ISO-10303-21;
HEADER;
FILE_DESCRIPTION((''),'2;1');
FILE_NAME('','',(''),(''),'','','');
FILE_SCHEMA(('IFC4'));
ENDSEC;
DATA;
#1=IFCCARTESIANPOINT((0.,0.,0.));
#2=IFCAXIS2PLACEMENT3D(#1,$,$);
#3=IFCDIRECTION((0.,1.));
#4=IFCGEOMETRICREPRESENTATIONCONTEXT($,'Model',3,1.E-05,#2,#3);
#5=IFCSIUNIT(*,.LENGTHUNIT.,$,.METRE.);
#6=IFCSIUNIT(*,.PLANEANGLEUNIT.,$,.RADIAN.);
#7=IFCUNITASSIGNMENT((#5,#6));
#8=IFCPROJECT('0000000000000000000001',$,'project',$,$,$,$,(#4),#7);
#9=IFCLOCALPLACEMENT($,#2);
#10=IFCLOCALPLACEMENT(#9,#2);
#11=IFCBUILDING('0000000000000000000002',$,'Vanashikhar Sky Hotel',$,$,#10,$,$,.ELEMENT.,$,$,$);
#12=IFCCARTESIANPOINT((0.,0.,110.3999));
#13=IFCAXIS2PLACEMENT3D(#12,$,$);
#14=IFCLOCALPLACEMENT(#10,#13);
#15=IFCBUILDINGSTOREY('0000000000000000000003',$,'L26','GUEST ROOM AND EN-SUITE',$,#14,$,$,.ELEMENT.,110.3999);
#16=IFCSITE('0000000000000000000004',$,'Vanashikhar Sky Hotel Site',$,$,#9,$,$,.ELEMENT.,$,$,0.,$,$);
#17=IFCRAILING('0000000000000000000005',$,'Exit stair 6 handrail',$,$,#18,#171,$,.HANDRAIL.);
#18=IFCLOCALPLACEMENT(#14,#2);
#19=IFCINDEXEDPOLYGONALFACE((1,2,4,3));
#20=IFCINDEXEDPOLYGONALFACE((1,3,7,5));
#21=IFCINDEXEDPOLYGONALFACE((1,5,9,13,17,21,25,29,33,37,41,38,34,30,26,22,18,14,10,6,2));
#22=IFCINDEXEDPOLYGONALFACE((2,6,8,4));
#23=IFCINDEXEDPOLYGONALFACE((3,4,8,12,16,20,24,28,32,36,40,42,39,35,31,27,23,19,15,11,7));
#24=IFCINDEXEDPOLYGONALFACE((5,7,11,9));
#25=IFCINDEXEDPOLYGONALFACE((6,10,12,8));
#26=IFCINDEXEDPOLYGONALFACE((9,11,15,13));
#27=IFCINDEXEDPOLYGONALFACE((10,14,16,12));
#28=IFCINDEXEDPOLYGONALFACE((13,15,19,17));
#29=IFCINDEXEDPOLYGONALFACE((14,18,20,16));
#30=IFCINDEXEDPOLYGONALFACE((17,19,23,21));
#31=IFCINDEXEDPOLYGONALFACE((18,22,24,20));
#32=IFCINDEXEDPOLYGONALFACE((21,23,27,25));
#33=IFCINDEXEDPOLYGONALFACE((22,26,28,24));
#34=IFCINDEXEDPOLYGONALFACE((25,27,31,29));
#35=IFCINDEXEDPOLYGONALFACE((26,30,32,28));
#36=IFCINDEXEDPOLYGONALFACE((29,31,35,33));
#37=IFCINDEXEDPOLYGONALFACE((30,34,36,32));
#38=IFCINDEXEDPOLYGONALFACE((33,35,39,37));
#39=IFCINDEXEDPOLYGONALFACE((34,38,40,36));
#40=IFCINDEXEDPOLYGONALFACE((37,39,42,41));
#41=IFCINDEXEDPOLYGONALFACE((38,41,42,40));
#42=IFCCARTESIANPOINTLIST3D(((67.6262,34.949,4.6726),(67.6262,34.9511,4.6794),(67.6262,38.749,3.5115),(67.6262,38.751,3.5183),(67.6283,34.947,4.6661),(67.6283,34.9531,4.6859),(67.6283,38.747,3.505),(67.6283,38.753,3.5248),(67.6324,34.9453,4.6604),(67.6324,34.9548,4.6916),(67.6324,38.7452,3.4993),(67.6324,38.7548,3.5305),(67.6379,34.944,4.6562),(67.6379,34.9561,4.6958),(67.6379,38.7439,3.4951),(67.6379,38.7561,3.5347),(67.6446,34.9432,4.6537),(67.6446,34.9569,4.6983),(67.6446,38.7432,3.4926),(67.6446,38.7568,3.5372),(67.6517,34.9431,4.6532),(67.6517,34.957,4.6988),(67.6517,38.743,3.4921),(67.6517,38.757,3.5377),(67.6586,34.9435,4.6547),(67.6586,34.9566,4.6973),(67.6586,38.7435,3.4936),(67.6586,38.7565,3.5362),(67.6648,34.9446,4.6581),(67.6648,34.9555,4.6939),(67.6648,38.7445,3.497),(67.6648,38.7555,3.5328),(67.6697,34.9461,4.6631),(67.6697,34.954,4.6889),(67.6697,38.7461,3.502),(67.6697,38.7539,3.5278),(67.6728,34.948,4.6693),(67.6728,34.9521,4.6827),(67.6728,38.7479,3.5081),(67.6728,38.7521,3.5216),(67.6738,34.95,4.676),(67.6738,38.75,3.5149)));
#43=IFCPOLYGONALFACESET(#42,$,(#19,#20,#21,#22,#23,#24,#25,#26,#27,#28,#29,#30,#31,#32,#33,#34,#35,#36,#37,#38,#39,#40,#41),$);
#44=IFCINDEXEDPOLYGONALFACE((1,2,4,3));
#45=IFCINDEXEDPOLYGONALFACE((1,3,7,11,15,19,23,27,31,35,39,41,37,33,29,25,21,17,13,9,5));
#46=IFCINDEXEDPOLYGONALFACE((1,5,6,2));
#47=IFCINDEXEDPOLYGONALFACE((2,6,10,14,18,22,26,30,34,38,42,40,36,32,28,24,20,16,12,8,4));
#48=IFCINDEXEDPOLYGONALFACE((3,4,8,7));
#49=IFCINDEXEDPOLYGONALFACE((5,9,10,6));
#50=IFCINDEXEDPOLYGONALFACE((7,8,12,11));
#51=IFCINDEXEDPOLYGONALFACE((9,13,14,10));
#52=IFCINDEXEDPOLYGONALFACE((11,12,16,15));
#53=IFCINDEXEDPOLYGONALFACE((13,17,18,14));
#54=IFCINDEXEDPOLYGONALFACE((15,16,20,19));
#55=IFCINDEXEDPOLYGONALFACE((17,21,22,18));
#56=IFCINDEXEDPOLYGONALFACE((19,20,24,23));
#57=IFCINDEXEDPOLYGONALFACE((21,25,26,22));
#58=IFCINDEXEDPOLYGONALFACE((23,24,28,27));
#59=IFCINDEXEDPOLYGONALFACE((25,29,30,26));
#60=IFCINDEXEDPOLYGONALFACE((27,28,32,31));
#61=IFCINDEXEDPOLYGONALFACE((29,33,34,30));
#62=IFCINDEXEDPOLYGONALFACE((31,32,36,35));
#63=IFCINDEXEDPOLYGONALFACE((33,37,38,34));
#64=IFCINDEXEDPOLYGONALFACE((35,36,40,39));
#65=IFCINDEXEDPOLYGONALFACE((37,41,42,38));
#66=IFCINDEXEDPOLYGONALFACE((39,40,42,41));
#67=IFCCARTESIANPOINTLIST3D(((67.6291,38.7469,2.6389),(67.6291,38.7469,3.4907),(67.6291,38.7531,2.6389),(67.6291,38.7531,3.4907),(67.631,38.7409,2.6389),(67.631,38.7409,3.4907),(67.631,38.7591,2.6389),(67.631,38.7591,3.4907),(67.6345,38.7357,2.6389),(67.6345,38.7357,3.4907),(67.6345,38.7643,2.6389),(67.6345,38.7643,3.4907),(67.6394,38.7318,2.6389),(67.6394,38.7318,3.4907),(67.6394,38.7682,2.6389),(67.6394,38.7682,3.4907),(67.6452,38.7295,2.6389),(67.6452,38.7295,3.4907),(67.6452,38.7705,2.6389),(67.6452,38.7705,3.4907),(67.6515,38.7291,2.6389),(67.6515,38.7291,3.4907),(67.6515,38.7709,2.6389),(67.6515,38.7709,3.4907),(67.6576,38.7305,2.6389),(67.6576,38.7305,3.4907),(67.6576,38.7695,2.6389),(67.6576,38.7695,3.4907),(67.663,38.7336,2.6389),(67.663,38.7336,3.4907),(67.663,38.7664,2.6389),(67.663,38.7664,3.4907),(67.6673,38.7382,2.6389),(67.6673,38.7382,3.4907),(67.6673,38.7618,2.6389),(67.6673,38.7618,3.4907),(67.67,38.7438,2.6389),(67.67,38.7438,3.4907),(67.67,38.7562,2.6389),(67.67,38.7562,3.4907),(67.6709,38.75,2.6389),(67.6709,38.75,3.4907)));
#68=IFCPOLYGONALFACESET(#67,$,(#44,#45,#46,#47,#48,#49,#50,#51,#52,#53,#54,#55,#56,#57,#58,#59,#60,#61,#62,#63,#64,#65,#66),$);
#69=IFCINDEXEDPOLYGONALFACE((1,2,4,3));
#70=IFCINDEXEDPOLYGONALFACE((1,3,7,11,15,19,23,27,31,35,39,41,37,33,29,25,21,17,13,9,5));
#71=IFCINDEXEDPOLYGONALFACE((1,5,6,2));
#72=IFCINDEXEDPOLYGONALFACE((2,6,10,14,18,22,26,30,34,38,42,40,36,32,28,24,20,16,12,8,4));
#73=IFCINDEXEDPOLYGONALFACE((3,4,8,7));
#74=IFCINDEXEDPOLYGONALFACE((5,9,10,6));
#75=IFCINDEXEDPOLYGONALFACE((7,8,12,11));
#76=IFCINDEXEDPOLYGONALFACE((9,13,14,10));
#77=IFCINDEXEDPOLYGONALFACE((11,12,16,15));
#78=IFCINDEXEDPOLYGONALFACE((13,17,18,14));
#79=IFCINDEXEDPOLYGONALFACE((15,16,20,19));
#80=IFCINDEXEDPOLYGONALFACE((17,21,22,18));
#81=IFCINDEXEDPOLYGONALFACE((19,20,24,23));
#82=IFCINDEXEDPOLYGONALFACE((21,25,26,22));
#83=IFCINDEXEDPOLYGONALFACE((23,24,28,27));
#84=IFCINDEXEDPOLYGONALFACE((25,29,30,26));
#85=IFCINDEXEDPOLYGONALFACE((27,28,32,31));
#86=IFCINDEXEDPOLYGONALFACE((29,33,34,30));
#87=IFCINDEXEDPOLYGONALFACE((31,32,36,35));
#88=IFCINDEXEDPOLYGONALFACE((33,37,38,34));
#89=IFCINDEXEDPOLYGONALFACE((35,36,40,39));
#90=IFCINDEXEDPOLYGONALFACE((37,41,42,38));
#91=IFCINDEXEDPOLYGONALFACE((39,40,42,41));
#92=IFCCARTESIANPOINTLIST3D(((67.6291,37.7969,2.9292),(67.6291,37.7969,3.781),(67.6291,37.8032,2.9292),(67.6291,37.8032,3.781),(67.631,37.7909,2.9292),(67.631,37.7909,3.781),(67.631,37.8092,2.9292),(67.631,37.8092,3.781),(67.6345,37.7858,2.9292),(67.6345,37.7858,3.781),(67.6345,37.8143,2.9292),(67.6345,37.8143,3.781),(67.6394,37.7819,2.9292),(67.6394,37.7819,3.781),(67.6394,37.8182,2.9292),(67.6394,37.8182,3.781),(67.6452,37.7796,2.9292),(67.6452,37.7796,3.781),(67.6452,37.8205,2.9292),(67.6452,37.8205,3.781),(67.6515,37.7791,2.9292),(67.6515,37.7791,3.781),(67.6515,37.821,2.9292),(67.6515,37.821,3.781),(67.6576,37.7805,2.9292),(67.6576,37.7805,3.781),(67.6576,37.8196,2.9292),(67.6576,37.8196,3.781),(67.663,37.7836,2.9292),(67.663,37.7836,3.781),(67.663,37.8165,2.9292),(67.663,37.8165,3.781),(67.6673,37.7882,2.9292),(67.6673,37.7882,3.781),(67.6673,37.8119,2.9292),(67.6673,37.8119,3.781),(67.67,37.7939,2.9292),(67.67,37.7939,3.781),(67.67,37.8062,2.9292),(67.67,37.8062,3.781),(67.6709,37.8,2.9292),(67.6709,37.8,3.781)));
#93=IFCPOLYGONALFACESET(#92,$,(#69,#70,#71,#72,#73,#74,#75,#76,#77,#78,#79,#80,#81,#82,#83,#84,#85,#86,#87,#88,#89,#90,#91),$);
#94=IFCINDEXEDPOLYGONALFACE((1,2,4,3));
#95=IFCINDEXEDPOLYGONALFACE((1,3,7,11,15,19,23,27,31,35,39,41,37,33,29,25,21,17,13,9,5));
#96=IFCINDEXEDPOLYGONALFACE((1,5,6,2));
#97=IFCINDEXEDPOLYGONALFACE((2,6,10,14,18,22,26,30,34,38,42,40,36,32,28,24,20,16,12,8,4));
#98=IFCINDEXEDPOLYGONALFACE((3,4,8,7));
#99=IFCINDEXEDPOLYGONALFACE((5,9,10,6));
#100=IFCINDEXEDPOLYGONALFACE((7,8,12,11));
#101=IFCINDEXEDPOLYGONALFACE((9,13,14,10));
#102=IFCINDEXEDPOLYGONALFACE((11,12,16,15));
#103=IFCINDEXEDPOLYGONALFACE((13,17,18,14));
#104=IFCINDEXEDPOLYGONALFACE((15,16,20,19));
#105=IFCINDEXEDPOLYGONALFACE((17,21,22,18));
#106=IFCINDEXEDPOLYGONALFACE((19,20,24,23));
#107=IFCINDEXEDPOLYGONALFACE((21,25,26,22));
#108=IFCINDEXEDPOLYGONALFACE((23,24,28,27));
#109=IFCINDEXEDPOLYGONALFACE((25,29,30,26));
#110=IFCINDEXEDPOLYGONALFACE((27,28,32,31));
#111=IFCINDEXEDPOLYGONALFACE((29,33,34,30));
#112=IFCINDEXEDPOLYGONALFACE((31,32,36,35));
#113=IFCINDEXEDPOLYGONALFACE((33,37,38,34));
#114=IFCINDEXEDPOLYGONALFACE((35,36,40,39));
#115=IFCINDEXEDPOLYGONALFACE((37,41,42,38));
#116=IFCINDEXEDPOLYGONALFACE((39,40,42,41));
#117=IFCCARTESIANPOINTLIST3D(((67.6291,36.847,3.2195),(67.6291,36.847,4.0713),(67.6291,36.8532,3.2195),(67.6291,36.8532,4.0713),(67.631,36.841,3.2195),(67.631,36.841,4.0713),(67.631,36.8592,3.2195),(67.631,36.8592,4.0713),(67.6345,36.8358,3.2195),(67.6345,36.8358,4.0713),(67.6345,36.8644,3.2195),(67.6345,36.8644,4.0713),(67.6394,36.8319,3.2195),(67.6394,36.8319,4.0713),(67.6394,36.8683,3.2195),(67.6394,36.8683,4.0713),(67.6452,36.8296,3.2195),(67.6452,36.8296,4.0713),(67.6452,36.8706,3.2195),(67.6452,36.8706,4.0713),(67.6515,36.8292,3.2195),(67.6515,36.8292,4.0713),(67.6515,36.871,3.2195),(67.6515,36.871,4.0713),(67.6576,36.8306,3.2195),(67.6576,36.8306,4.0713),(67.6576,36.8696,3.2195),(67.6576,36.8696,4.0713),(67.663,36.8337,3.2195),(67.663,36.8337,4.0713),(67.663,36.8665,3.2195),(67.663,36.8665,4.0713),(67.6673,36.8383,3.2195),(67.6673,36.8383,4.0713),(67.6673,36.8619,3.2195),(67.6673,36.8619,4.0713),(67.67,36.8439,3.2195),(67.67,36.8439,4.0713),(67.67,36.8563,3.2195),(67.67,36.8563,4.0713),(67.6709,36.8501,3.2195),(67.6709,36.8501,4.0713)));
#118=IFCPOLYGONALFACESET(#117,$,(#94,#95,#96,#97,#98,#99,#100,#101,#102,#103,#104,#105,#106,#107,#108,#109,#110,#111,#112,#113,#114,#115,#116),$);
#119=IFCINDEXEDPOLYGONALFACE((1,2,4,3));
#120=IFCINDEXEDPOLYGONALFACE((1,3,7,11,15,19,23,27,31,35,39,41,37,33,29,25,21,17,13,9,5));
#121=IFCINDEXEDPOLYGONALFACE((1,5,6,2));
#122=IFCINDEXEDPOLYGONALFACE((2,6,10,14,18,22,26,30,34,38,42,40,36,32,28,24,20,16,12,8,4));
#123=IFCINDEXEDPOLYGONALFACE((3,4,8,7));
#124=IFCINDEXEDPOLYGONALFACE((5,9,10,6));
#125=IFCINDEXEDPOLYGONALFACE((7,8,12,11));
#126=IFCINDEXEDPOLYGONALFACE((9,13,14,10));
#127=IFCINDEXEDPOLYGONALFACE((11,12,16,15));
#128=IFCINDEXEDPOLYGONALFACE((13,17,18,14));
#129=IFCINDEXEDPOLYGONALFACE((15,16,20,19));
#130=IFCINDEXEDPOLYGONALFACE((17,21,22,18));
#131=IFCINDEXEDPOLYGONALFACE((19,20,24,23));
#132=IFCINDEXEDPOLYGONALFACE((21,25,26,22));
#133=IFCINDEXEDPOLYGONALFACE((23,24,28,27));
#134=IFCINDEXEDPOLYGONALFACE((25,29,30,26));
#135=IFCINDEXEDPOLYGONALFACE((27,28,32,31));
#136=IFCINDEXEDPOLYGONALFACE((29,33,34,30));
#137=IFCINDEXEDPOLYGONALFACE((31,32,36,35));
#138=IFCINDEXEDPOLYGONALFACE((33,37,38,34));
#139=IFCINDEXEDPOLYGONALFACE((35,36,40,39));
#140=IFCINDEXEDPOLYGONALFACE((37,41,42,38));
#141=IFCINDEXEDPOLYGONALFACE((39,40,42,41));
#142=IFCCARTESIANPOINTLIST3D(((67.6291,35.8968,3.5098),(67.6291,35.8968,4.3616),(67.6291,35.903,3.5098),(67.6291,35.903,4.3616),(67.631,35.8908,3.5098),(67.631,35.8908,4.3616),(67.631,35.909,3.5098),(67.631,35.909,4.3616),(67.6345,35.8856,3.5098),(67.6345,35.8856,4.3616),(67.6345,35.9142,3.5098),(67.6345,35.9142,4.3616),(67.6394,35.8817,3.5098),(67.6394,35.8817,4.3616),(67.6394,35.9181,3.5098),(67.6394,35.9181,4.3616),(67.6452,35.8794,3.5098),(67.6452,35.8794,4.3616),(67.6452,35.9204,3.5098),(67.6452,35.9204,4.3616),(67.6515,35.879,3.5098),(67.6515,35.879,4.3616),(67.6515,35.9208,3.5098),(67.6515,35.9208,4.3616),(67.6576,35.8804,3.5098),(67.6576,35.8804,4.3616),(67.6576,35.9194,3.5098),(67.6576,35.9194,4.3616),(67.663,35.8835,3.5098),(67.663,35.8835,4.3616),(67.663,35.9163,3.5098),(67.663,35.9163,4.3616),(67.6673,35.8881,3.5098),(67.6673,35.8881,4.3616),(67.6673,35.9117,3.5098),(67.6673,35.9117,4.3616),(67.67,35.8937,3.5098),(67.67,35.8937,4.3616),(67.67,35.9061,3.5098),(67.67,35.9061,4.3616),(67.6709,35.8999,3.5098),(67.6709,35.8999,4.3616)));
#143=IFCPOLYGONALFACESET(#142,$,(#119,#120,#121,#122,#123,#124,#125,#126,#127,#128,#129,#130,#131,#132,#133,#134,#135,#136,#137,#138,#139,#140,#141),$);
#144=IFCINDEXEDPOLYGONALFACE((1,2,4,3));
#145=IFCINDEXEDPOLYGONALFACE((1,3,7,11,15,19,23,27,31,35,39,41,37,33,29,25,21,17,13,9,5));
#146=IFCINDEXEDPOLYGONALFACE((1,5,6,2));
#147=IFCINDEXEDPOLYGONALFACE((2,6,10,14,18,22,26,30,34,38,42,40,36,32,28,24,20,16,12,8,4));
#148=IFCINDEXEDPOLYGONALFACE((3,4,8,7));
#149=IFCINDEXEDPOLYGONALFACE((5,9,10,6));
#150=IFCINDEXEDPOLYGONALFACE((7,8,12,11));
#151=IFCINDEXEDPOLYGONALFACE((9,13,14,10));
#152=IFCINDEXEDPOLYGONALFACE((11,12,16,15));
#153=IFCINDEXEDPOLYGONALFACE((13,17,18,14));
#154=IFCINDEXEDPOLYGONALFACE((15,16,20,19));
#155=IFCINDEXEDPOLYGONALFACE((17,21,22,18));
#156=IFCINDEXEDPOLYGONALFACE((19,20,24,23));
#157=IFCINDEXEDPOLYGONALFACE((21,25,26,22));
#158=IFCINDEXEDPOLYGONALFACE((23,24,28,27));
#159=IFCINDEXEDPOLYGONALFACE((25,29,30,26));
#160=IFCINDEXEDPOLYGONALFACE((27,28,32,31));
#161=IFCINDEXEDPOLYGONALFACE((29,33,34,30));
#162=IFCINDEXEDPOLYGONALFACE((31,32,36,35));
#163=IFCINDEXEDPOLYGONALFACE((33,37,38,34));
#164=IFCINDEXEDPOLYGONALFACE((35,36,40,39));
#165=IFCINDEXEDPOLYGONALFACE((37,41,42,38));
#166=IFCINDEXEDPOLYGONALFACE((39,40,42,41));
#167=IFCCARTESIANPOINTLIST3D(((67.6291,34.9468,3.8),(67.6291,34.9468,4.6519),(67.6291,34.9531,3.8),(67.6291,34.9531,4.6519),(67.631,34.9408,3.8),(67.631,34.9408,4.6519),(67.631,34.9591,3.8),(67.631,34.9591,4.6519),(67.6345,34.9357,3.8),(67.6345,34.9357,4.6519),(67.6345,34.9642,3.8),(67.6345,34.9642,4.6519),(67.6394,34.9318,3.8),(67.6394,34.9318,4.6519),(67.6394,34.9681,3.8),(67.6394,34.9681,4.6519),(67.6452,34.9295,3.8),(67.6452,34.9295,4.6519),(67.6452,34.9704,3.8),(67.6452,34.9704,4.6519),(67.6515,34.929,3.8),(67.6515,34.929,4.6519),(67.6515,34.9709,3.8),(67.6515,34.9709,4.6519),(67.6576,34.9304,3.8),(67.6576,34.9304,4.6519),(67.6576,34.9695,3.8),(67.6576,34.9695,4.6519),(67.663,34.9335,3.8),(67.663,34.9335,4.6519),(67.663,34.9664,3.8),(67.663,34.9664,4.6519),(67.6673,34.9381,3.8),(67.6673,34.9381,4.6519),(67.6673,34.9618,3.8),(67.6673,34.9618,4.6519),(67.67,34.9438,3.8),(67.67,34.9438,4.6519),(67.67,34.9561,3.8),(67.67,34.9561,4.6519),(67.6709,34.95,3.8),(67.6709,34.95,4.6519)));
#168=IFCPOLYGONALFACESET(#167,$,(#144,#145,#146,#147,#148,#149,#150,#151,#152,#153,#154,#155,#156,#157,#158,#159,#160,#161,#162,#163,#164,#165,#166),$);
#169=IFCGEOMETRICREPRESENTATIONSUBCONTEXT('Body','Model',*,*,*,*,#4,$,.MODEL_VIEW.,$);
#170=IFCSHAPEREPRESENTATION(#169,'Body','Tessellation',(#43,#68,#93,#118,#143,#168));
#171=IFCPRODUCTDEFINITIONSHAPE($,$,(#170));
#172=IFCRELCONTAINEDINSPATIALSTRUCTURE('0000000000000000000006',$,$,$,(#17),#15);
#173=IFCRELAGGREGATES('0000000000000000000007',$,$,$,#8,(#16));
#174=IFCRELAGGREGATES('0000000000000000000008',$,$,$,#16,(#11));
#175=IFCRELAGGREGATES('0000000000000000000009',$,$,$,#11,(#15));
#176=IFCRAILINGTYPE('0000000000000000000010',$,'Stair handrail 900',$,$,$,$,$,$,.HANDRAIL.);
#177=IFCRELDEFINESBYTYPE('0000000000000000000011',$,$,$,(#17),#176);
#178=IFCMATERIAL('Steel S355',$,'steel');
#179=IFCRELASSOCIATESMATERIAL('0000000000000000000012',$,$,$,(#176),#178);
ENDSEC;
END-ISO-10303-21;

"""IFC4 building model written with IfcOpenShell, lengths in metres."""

from ifc_helpers import new_model, si_unit, direction, frame, origin, origin_2d, place, context, subcontext, project, spatial, circle, extrude, source, transform, mapped, material, type_object, element, save


model = new_model("IFC4")

# Units and contexts
model_context = context("Model", 3, precision=1e-05, world=origin(), true_north=direction((0.0, 1.0)))
body_context = subcontext(model_context, "Body", "Model", "MODEL_VIEW")
ifc_project = project(units=[si_unit("LENGTHUNIT", "METRE"), si_unit("PLANEANGLEUNIT", "RADIAN")], contexts=[model_context])

# Site, building, storey
site_placement = place(None, origin())
site = spatial("IfcSite", under=ifc_project, at=site_placement, Name="Vanashikhar Sky Hotel Site", CompositionType="ELEMENT", RefElevation=0.0)
building_placement = place(site_placement, origin())
building = spatial("IfcBuilding", under=site, at=building_placement, Name="Vanashikhar Sky Hotel", CompositionType="ELEMENT")
storey_placement = place(building_placement, frame((0.0, 0.0, 110.3999)))
storey = spatial("IfcBuildingStorey", under=building, at=storey_placement, Name="L26", Description="GUEST ROOM AND EN-SUITE", CompositionType="ELEMENT", Elevation=110.3999)

# Railing
ifc_material_1 = material(Name="Steel S355", Category="steel")
railing_type_1 = type_object("IfcRailingType", Name="Stair handrail 900", PredefinedType="HANDRAIL", material=ifc_material_1)
shared_shape_1 = source(origin(), body_context, "Body", "SweptSolid", [
    extrude(circle(Radius=0.0239, at=origin_2d()), frame((0.0, 0.0, 0.876), z_axis=(0.0, -0.956351, 0.29222), x_axis=(1.0, 0.0, 0.0)), (0.0, 0.0, 1.0), 3.9734),
    extrude(circle(Radius=0.021, at=origin_2d()), origin(), (0.0, 0.0, 1.0), 0.8518),
    extrude(circle(Radius=0.021, at=origin_2d()), frame((0.0, -0.95, 0.2903)), (0.0, 0.0, 1.0), 0.8518),
    extrude(circle(Radius=0.021, at=origin_2d()), frame((0.0, -1.8999, 0.5806)), (0.0, 0.0, 1.0), 0.8518),
    extrude(circle(Radius=0.021, at=origin_2d()), frame((0.0, -2.8501, 0.8708)), (0.0, 0.0, 1.0), 0.8518),
    extrude(circle(Radius=0.021, at=origin_2d()), frame((0.0, -3.8, 1.1611)), (0.0, 0.0, 1.0), 0.8518),
])
for number, where, name in (
    (1, (67.6499, 38.75, 2.6389), "Exit stair 6 handrail"),
):
    element("IfcRailing", number, at=place(storey_placement, frame(where)), inside=storey, type_object=railing_type_1, Name=name, PredefinedType="HANDRAIL", context=body_context, shape_type="MappedRepresentation", body=[
        mapped(shared_shape_1, transform((0.0, 0.0, 0.0), scale=1.0)),
    ])

save(model, "model.ifc")
